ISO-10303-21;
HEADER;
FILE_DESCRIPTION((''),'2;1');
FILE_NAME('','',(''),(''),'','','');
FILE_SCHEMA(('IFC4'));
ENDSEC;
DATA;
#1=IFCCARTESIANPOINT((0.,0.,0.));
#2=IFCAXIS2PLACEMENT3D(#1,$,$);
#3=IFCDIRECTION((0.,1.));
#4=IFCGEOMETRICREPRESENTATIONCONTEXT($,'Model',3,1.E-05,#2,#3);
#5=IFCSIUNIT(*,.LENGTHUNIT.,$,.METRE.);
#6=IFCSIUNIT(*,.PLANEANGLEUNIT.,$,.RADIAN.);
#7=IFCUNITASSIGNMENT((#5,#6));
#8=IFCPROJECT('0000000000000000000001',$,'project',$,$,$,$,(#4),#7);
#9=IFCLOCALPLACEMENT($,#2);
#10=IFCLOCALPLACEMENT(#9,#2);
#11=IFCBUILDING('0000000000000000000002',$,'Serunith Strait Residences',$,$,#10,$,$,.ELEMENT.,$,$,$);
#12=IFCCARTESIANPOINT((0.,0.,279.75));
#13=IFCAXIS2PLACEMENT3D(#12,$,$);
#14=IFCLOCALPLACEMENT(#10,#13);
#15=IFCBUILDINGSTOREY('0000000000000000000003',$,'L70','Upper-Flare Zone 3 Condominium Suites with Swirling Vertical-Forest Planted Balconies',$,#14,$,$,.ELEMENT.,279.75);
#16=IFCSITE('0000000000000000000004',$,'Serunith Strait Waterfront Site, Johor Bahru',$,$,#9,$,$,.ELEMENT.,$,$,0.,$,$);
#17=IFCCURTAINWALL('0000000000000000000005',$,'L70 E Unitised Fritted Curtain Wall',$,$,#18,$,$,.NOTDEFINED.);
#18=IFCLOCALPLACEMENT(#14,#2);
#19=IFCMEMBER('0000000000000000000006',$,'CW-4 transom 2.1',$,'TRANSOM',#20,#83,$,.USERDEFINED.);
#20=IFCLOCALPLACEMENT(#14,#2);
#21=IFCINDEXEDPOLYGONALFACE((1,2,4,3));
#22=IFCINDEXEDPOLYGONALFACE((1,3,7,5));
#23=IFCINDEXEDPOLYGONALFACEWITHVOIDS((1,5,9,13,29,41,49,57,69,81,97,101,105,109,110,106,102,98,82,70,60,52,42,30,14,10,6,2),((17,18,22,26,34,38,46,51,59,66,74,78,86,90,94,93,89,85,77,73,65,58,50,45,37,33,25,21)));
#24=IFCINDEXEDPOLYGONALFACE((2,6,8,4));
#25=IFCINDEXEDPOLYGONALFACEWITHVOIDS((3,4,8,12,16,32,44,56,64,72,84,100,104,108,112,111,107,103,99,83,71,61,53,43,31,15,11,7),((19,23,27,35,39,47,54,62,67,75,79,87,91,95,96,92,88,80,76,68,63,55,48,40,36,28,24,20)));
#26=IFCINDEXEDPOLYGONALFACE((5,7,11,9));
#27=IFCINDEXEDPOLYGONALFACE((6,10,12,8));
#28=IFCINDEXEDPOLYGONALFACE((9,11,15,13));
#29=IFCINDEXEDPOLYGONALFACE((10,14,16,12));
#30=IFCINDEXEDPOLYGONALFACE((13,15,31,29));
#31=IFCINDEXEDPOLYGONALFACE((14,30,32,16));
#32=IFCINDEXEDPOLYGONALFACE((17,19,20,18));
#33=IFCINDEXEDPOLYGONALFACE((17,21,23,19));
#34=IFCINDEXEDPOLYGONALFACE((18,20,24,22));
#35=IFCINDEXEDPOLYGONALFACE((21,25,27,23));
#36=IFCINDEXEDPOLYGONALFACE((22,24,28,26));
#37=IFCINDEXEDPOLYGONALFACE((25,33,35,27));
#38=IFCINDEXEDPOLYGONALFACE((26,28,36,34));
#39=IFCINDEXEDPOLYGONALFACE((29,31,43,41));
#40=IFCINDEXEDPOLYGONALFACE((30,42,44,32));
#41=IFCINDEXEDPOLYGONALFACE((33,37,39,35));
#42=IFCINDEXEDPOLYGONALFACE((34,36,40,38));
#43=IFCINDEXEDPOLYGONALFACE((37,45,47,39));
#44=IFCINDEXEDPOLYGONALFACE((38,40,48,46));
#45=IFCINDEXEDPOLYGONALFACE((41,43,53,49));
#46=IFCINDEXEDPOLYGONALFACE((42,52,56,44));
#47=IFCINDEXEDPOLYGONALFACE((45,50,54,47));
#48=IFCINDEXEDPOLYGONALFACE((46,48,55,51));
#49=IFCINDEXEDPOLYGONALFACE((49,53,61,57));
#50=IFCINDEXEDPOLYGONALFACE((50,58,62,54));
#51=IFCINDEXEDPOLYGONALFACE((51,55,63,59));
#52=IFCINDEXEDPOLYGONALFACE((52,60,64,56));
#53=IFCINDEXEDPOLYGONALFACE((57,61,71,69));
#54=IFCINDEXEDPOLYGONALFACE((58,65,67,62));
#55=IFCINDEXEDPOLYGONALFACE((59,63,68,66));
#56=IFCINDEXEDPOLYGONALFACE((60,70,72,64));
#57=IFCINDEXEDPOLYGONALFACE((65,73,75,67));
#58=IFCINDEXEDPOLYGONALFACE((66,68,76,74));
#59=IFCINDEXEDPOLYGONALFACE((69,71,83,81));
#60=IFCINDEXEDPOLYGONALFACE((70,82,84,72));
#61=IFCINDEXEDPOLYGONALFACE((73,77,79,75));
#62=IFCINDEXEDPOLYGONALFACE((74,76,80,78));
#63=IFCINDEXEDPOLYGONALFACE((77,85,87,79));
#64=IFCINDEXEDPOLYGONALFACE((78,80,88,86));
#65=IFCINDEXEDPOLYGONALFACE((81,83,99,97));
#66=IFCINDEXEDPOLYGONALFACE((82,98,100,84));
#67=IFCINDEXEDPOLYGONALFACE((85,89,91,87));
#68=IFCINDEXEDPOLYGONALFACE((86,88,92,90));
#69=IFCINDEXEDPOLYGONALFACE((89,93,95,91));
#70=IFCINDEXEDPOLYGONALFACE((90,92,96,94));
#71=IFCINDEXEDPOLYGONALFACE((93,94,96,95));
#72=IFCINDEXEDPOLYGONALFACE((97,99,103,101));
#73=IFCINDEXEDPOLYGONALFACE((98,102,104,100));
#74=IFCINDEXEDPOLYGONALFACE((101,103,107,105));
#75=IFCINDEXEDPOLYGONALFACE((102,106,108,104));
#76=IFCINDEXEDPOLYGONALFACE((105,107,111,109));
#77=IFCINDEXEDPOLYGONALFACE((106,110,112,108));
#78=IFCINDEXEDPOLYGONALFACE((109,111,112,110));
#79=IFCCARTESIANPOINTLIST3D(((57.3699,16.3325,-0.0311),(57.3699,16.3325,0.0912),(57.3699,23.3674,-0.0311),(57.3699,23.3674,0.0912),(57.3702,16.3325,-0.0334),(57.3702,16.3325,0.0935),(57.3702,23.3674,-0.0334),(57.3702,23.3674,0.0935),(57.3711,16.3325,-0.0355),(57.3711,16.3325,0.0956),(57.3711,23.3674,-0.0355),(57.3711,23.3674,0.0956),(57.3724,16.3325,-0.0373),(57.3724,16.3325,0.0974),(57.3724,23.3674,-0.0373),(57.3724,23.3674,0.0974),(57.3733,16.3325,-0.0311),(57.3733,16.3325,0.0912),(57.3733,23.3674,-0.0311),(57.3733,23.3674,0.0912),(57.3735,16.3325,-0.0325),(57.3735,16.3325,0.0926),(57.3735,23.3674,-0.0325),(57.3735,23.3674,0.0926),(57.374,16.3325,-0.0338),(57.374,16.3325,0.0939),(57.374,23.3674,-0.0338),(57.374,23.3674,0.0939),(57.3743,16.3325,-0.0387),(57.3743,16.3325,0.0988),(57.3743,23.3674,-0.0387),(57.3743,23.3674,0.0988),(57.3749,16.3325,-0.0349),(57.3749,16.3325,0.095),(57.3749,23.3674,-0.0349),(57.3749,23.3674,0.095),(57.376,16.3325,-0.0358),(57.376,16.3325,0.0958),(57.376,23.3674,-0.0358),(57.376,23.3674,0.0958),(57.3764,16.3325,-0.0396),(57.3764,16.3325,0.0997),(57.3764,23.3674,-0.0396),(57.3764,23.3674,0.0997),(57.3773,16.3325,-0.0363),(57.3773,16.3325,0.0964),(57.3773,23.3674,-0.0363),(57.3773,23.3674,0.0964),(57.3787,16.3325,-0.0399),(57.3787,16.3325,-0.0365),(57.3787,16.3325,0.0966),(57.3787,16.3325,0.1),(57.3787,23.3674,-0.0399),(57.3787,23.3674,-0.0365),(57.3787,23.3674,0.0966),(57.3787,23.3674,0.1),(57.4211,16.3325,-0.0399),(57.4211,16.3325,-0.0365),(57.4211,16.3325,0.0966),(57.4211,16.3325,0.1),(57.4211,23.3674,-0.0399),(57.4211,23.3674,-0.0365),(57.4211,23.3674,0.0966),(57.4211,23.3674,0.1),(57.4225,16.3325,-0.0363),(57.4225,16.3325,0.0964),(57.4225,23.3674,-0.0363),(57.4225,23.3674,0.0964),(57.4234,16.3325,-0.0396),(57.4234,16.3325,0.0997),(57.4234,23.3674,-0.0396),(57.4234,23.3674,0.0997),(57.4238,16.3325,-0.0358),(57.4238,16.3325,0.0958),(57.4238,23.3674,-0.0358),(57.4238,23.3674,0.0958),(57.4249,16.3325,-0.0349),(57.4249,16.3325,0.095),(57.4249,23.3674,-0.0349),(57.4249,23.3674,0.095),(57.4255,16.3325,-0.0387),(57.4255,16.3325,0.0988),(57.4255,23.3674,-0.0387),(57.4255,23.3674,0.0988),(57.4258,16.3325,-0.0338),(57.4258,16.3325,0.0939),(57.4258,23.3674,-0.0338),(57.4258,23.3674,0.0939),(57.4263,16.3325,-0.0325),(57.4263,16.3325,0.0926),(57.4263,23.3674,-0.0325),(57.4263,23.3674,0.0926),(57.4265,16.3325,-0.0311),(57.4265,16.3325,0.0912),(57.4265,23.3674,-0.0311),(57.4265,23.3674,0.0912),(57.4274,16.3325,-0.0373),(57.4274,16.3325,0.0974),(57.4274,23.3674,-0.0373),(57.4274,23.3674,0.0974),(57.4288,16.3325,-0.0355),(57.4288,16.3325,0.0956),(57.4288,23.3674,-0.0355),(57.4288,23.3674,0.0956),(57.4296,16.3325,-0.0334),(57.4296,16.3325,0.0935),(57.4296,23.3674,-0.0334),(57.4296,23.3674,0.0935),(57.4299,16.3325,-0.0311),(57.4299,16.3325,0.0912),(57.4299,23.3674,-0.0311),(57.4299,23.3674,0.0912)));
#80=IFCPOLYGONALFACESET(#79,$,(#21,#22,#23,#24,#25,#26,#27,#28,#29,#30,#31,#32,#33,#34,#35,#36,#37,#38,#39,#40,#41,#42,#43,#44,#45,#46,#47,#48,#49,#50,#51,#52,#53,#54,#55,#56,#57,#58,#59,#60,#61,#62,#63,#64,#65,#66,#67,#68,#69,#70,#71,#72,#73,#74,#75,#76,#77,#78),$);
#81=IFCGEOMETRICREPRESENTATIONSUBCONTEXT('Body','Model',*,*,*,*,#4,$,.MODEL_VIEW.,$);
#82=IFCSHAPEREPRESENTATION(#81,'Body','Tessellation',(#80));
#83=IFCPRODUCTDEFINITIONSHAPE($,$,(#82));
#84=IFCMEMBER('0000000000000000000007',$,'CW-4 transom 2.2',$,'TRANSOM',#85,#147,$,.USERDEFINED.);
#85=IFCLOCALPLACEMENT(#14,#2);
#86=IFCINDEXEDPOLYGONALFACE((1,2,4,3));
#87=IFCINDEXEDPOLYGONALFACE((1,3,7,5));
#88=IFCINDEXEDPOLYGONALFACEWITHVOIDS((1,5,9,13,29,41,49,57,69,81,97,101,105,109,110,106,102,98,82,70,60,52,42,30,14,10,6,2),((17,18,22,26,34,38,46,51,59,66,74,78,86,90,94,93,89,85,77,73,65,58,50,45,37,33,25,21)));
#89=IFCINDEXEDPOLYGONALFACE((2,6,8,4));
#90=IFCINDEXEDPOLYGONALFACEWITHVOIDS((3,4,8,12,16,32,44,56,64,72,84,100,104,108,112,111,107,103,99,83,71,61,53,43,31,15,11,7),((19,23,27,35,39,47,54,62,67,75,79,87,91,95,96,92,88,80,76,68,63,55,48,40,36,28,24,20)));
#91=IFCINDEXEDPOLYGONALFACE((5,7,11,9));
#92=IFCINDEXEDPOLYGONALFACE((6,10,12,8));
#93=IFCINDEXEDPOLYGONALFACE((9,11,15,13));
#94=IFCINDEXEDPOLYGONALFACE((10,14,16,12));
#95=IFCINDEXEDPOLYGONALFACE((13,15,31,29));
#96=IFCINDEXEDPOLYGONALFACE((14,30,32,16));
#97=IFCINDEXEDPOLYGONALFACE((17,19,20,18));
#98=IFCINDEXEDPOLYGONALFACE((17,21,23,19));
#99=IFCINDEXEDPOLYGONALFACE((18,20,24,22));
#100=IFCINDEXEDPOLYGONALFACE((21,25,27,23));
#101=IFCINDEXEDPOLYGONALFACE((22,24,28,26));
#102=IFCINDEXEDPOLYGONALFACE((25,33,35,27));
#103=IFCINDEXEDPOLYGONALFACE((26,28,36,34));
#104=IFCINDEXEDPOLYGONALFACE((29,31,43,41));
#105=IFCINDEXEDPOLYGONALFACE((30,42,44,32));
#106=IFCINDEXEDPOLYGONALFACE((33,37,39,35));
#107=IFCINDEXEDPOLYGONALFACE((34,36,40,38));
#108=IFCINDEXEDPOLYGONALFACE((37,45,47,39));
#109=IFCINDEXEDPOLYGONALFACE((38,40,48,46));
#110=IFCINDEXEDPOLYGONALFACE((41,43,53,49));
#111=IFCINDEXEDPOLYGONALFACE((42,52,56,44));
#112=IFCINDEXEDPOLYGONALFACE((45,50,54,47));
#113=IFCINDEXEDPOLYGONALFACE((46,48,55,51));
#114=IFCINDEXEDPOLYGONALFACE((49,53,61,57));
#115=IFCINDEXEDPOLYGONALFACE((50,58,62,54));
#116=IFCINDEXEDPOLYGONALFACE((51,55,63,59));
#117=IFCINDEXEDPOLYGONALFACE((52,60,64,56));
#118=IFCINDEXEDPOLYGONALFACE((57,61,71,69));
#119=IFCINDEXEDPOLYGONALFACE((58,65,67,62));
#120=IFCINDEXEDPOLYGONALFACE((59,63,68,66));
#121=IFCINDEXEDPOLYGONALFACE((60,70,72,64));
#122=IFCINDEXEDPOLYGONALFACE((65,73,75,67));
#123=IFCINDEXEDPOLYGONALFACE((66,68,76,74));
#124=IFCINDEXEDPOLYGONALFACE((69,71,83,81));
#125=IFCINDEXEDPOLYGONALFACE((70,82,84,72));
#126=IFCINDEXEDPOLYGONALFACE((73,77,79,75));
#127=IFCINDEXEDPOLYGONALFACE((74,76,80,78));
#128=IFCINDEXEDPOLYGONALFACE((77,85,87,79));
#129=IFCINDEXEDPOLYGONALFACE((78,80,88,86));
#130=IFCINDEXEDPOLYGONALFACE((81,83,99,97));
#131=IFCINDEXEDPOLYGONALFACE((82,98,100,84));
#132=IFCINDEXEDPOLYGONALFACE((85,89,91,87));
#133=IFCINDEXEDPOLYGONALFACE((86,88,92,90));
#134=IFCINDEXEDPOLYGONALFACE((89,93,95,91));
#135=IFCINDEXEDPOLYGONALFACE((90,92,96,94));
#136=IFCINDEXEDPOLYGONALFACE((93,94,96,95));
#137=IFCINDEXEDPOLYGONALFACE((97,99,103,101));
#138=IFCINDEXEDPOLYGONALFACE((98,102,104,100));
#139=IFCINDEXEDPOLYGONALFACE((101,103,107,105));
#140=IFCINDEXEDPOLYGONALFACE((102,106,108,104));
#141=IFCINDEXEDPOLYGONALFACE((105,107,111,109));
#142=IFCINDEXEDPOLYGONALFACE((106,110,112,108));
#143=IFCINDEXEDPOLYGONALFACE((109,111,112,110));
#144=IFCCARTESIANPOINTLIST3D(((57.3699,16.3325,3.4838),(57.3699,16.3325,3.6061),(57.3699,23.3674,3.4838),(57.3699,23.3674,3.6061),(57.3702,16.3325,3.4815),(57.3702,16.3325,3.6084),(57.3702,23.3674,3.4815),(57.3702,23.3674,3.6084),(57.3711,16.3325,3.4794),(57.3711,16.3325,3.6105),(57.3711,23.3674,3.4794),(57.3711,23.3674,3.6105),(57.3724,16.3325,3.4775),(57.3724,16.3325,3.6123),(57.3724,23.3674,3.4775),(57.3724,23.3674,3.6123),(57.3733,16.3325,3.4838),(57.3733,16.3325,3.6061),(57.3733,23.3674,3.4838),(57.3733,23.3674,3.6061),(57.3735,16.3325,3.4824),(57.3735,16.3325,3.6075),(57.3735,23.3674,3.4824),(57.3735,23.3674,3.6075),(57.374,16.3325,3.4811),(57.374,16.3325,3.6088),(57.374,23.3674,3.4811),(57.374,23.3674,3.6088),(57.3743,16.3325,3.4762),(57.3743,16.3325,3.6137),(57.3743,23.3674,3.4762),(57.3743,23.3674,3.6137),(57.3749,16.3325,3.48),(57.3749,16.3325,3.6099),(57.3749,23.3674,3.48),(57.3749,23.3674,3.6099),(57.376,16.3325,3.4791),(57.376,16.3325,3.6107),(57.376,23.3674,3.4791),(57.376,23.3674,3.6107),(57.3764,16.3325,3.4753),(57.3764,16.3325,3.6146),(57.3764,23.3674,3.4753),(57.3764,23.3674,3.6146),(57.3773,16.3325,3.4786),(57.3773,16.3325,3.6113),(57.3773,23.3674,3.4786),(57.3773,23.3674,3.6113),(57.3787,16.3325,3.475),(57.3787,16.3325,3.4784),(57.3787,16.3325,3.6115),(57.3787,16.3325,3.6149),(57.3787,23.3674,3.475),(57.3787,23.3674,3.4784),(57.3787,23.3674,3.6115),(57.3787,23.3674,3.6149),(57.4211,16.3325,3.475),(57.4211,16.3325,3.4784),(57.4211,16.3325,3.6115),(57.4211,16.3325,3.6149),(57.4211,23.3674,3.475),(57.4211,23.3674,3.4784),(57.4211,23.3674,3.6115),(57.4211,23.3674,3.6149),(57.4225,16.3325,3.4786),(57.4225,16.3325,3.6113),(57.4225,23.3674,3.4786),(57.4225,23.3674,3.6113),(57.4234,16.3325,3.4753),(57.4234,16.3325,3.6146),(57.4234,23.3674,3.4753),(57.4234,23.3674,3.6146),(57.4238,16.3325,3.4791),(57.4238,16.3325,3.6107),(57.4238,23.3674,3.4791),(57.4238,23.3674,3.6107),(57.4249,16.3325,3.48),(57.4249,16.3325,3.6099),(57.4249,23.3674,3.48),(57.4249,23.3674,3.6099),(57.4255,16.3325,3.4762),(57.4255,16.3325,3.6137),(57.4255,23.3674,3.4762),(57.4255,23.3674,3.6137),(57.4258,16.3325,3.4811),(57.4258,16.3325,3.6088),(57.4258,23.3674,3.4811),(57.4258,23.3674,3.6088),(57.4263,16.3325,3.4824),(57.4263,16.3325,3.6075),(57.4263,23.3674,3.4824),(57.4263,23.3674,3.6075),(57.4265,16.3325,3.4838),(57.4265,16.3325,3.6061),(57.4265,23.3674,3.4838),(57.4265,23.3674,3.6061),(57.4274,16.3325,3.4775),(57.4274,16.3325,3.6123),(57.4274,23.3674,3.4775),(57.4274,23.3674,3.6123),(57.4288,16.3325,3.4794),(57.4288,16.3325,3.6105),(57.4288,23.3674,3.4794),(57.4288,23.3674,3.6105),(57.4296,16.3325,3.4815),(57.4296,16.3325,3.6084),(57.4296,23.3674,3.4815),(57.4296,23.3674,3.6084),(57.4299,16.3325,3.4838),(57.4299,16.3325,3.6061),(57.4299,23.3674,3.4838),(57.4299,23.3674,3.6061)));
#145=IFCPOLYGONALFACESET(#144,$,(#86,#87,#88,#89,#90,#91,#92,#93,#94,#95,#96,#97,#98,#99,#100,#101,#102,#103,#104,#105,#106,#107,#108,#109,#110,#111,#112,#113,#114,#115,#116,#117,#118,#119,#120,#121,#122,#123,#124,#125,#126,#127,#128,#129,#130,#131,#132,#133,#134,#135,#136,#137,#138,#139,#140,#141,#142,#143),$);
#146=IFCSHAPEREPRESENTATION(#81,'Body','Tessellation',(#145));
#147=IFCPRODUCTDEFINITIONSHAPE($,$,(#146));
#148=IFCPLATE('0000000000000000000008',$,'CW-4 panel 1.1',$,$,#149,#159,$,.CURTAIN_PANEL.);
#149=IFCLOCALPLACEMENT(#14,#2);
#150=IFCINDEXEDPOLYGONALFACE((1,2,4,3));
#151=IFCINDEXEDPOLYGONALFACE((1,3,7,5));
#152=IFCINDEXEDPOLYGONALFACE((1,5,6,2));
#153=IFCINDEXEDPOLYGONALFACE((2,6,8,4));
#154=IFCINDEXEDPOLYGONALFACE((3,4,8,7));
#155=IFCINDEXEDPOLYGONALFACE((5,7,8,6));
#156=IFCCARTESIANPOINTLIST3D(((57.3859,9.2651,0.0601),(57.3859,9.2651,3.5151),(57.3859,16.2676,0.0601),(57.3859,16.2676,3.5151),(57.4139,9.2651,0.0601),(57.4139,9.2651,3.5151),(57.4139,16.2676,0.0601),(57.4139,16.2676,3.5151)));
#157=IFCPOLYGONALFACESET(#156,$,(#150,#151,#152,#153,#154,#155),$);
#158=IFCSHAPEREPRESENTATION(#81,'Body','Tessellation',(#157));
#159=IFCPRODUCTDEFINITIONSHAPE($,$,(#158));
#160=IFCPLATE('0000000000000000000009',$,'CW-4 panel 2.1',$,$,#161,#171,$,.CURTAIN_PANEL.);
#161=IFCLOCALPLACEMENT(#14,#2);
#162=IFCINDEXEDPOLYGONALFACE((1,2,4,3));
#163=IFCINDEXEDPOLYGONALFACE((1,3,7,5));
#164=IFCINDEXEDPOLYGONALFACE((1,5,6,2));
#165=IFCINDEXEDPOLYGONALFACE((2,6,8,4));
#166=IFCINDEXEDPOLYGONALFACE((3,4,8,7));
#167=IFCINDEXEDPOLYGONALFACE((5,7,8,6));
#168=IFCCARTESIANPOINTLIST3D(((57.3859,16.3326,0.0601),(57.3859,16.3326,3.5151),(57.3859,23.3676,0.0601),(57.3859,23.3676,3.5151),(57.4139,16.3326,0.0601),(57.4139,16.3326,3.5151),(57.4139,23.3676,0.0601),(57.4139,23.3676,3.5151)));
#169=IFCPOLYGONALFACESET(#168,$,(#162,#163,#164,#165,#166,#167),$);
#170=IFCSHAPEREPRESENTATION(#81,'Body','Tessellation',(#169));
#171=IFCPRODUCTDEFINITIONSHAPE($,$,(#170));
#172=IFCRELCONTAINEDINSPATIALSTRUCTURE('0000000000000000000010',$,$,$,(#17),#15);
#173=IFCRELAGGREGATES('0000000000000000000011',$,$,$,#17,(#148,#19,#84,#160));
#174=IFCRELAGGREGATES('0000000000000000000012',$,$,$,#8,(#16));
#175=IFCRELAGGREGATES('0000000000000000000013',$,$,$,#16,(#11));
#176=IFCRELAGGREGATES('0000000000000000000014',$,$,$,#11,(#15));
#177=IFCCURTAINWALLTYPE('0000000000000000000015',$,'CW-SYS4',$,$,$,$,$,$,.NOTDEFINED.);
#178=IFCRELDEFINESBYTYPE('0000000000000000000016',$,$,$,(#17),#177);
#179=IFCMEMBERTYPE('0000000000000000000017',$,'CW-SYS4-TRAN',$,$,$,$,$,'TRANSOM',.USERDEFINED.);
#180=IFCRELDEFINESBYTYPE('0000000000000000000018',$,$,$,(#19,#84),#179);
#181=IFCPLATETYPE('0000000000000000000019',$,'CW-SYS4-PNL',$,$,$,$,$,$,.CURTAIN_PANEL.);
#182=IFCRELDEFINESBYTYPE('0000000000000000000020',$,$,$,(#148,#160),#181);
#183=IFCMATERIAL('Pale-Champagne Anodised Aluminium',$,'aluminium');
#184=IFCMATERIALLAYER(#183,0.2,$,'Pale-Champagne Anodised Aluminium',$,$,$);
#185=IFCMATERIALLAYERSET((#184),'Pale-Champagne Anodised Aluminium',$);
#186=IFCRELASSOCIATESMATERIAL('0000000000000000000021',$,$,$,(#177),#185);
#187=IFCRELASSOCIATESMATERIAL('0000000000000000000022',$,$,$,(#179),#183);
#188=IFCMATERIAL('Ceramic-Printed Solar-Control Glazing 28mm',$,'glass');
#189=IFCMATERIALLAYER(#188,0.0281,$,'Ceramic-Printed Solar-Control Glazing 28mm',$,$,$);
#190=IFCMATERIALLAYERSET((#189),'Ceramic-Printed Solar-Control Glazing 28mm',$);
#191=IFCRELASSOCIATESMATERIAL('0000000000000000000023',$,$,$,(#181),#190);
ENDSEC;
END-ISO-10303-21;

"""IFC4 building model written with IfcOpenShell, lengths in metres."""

from ifc_helpers import new_model, si_unit, direction, frame, origin, origin_2d, place, context, subcontext, project, spatial, rectangle, hollow_rectangle, extrude, source, transform, mapped, material, layer, layer_set, material_profile, profile_set, type_object, element, aggregate, save


model = new_model("IFC4")

# Units and contexts
model_context = context("Model", 3, precision=1e-05, world=origin(), true_north=direction((0.0, 1.0)))
body_context = subcontext(model_context, "Body", "Model", "MODEL_VIEW")
ifc_project = project(units=[si_unit("LENGTHUNIT", "METRE"), si_unit("PLANEANGLEUNIT", "RADIAN")], contexts=[model_context])

# Site, building, storey
site_placement = place(None, origin())
site = spatial("IfcSite", under=ifc_project, at=site_placement, Name="Serunith Strait Waterfront Site, Johor Bahru", CompositionType="ELEMENT", RefElevation=0.0)
building_placement = place(site_placement, origin())
building = spatial("IfcBuilding", under=site, at=building_placement, Name="Serunith Strait Residences", CompositionType="ELEMENT")
storey_placement = place(building_placement, frame((0.0, 0.0, 279.75)))
storey = spatial("IfcBuildingStorey", under=building, at=storey_placement, Name="L70", Description="Upper-Flare Zone 3 Condominium Suites with Swirling Vertical-Forest Planted Balconies", CompositionType="ELEMENT", Elevation=279.75)

# Curtain wall, members, plates
ifc_material_1 = material(Name="Pale-Champagne Anodised Aluminium", Category="aluminium")
ifc_layer_1 = layer(ifc_material_1, 0.2, Name="Pale-Champagne Anodised Aluminium")
ifc_layer_set_1 = layer_set([ifc_layer_1], Name="Pale-Champagne Anodised Aluminium")
curtain_wall_type = type_object("IfcCurtainWallType", Name="CW-SYS4", PredefinedType="NOTDEFINED", material=ifc_layer_set_1)
curtain_wall_placement = place(storey_placement, origin())
curtain_wall = element("IfcCurtainWall", 1, at=curtain_wall_placement, inside=storey, type_object=curtain_wall_type, Name="L70 E Unitised Fritted Curtain Wall", PredefinedType="NOTDEFINED")
ifc_material_profile_1 = material_profile(ifc_material_1, hollow_rectangle(XDim=0.0601, YDim=0.1399, WallThickness=0.0034, InnerFilletRadius=0.0054, OuterFilletRadius=0.0088, at=origin_2d()), Name="ALU 140x60x3.5")
ifc_profile_set_1 = profile_set([ifc_material_profile_1], Name="Pale-Champagne Anodised Aluminium")
member_type_1 = type_object("IfcMemberType", Name="CW-SYS4-TRAN", ElementType="TRANSOM", PredefinedType="USERDEFINED", material=ifc_profile_set_1)
shared_shape_1 = source(origin(), body_context, "Body", "SweptSolid", [
    extrude(hollow_rectangle(XDim=0.0601, YDim=0.1399, WallThickness=0.0034, InnerFilletRadius=0.0054, OuterFilletRadius=0.0088, at=origin_2d()), origin(), (0.0, 0.0, 1.0), 7.0349),
])
member_1_placement = place(storey_placement, frame((57.3999, 16.3325, 0.03), z_axis=(0.0, 1.0, 0.0), x_axis=(-1.0, 0.0, 0.0)))
member_1 = element("IfcMember", 2, at=member_1_placement, type_object=member_type_1, Name="CW-4 transom 2.1", ObjectType="TRANSOM", PredefinedType="USERDEFINED", context=body_context, shape_type="MappedRepresentation", body=[
    mapped(shared_shape_1, transform((0.0, 0.0, 0.0), scale=1.0)),
])
member_2_placement = place(storey_placement, frame((57.3999, 16.3325, 3.5449), z_axis=(0.0, 1.0, 0.0), x_axis=(-1.0, 0.0, 0.0)))
member_2 = element("IfcMember", 3, at=member_2_placement, type_object=member_type_1, Name="CW-4 transom 2.2", ObjectType="TRANSOM", PredefinedType="USERDEFINED", context=body_context, shape_type="MappedRepresentation", body=[
    mapped(shared_shape_1, transform((0.0, 0.0, 0.0), scale=1.0)),
])
ifc_material_2 = material(Name="Ceramic-Printed Solar-Control Glazing 28mm", Category="glass")
ifc_layer_2 = layer(ifc_material_2, 0.0281, Name="Ceramic-Printed Solar-Control Glazing 28mm")
ifc_layer_set_2 = layer_set([ifc_layer_2], Name="Ceramic-Printed Solar-Control Glazing 28mm")
plate_type = type_object("IfcPlateType", Name="CW-SYS4-PNL", PredefinedType="CURTAIN_PANEL", material=ifc_layer_set_2)
shared_shape_2 = source(origin(), body_context, "Body", "SweptSolid", [
    extrude(rectangle(XDim=7.0024, YDim=0.0281, at=origin_2d()), origin(), (0.0, 0.0, 1.0), 3.4551),
])
plate_1_placement = place(storey_placement, frame((57.3999, 12.7664, 0.0601), z_axis=(0.0, 0.0, 1.0), x_axis=(0.0, 1.0, 0.0)))
plate_1 = element("IfcPlate", 4, at=plate_1_placement, type_object=plate_type, Name="CW-4 panel 1.1", PredefinedType="CURTAIN_PANEL", context=body_context, shape_type="MappedRepresentation", body=[
    mapped(shared_shape_2, transform((0.0, 0.0, 0.0), scale=1.0)),
])
shared_shape_3 = source(origin(), body_context, "Body", "SweptSolid", [
    extrude(rectangle(XDim=7.0349, YDim=0.0281, at=origin_2d()), origin(), (0.0, 0.0, 1.0), 3.4551),
])
plate_2_placement = place(storey_placement, frame((57.3999, 19.8501, 0.0601), z_axis=(0.0, 0.0, 1.0), x_axis=(0.0, 1.0, 0.0)))
plate_2 = element("IfcPlate", 5, at=plate_2_placement, type_object=plate_type, Name="CW-4 panel 2.1", PredefinedType="CURTAIN_PANEL", context=body_context, shape_type="MappedRepresentation", body=[
    mapped(shared_shape_3, transform((0.0, 0.0, 0.0), scale=1.0)),
])
aggregate(curtain_wall, [plate_1, member_1, member_2, plate_2])

save(model, "model.ifc")
